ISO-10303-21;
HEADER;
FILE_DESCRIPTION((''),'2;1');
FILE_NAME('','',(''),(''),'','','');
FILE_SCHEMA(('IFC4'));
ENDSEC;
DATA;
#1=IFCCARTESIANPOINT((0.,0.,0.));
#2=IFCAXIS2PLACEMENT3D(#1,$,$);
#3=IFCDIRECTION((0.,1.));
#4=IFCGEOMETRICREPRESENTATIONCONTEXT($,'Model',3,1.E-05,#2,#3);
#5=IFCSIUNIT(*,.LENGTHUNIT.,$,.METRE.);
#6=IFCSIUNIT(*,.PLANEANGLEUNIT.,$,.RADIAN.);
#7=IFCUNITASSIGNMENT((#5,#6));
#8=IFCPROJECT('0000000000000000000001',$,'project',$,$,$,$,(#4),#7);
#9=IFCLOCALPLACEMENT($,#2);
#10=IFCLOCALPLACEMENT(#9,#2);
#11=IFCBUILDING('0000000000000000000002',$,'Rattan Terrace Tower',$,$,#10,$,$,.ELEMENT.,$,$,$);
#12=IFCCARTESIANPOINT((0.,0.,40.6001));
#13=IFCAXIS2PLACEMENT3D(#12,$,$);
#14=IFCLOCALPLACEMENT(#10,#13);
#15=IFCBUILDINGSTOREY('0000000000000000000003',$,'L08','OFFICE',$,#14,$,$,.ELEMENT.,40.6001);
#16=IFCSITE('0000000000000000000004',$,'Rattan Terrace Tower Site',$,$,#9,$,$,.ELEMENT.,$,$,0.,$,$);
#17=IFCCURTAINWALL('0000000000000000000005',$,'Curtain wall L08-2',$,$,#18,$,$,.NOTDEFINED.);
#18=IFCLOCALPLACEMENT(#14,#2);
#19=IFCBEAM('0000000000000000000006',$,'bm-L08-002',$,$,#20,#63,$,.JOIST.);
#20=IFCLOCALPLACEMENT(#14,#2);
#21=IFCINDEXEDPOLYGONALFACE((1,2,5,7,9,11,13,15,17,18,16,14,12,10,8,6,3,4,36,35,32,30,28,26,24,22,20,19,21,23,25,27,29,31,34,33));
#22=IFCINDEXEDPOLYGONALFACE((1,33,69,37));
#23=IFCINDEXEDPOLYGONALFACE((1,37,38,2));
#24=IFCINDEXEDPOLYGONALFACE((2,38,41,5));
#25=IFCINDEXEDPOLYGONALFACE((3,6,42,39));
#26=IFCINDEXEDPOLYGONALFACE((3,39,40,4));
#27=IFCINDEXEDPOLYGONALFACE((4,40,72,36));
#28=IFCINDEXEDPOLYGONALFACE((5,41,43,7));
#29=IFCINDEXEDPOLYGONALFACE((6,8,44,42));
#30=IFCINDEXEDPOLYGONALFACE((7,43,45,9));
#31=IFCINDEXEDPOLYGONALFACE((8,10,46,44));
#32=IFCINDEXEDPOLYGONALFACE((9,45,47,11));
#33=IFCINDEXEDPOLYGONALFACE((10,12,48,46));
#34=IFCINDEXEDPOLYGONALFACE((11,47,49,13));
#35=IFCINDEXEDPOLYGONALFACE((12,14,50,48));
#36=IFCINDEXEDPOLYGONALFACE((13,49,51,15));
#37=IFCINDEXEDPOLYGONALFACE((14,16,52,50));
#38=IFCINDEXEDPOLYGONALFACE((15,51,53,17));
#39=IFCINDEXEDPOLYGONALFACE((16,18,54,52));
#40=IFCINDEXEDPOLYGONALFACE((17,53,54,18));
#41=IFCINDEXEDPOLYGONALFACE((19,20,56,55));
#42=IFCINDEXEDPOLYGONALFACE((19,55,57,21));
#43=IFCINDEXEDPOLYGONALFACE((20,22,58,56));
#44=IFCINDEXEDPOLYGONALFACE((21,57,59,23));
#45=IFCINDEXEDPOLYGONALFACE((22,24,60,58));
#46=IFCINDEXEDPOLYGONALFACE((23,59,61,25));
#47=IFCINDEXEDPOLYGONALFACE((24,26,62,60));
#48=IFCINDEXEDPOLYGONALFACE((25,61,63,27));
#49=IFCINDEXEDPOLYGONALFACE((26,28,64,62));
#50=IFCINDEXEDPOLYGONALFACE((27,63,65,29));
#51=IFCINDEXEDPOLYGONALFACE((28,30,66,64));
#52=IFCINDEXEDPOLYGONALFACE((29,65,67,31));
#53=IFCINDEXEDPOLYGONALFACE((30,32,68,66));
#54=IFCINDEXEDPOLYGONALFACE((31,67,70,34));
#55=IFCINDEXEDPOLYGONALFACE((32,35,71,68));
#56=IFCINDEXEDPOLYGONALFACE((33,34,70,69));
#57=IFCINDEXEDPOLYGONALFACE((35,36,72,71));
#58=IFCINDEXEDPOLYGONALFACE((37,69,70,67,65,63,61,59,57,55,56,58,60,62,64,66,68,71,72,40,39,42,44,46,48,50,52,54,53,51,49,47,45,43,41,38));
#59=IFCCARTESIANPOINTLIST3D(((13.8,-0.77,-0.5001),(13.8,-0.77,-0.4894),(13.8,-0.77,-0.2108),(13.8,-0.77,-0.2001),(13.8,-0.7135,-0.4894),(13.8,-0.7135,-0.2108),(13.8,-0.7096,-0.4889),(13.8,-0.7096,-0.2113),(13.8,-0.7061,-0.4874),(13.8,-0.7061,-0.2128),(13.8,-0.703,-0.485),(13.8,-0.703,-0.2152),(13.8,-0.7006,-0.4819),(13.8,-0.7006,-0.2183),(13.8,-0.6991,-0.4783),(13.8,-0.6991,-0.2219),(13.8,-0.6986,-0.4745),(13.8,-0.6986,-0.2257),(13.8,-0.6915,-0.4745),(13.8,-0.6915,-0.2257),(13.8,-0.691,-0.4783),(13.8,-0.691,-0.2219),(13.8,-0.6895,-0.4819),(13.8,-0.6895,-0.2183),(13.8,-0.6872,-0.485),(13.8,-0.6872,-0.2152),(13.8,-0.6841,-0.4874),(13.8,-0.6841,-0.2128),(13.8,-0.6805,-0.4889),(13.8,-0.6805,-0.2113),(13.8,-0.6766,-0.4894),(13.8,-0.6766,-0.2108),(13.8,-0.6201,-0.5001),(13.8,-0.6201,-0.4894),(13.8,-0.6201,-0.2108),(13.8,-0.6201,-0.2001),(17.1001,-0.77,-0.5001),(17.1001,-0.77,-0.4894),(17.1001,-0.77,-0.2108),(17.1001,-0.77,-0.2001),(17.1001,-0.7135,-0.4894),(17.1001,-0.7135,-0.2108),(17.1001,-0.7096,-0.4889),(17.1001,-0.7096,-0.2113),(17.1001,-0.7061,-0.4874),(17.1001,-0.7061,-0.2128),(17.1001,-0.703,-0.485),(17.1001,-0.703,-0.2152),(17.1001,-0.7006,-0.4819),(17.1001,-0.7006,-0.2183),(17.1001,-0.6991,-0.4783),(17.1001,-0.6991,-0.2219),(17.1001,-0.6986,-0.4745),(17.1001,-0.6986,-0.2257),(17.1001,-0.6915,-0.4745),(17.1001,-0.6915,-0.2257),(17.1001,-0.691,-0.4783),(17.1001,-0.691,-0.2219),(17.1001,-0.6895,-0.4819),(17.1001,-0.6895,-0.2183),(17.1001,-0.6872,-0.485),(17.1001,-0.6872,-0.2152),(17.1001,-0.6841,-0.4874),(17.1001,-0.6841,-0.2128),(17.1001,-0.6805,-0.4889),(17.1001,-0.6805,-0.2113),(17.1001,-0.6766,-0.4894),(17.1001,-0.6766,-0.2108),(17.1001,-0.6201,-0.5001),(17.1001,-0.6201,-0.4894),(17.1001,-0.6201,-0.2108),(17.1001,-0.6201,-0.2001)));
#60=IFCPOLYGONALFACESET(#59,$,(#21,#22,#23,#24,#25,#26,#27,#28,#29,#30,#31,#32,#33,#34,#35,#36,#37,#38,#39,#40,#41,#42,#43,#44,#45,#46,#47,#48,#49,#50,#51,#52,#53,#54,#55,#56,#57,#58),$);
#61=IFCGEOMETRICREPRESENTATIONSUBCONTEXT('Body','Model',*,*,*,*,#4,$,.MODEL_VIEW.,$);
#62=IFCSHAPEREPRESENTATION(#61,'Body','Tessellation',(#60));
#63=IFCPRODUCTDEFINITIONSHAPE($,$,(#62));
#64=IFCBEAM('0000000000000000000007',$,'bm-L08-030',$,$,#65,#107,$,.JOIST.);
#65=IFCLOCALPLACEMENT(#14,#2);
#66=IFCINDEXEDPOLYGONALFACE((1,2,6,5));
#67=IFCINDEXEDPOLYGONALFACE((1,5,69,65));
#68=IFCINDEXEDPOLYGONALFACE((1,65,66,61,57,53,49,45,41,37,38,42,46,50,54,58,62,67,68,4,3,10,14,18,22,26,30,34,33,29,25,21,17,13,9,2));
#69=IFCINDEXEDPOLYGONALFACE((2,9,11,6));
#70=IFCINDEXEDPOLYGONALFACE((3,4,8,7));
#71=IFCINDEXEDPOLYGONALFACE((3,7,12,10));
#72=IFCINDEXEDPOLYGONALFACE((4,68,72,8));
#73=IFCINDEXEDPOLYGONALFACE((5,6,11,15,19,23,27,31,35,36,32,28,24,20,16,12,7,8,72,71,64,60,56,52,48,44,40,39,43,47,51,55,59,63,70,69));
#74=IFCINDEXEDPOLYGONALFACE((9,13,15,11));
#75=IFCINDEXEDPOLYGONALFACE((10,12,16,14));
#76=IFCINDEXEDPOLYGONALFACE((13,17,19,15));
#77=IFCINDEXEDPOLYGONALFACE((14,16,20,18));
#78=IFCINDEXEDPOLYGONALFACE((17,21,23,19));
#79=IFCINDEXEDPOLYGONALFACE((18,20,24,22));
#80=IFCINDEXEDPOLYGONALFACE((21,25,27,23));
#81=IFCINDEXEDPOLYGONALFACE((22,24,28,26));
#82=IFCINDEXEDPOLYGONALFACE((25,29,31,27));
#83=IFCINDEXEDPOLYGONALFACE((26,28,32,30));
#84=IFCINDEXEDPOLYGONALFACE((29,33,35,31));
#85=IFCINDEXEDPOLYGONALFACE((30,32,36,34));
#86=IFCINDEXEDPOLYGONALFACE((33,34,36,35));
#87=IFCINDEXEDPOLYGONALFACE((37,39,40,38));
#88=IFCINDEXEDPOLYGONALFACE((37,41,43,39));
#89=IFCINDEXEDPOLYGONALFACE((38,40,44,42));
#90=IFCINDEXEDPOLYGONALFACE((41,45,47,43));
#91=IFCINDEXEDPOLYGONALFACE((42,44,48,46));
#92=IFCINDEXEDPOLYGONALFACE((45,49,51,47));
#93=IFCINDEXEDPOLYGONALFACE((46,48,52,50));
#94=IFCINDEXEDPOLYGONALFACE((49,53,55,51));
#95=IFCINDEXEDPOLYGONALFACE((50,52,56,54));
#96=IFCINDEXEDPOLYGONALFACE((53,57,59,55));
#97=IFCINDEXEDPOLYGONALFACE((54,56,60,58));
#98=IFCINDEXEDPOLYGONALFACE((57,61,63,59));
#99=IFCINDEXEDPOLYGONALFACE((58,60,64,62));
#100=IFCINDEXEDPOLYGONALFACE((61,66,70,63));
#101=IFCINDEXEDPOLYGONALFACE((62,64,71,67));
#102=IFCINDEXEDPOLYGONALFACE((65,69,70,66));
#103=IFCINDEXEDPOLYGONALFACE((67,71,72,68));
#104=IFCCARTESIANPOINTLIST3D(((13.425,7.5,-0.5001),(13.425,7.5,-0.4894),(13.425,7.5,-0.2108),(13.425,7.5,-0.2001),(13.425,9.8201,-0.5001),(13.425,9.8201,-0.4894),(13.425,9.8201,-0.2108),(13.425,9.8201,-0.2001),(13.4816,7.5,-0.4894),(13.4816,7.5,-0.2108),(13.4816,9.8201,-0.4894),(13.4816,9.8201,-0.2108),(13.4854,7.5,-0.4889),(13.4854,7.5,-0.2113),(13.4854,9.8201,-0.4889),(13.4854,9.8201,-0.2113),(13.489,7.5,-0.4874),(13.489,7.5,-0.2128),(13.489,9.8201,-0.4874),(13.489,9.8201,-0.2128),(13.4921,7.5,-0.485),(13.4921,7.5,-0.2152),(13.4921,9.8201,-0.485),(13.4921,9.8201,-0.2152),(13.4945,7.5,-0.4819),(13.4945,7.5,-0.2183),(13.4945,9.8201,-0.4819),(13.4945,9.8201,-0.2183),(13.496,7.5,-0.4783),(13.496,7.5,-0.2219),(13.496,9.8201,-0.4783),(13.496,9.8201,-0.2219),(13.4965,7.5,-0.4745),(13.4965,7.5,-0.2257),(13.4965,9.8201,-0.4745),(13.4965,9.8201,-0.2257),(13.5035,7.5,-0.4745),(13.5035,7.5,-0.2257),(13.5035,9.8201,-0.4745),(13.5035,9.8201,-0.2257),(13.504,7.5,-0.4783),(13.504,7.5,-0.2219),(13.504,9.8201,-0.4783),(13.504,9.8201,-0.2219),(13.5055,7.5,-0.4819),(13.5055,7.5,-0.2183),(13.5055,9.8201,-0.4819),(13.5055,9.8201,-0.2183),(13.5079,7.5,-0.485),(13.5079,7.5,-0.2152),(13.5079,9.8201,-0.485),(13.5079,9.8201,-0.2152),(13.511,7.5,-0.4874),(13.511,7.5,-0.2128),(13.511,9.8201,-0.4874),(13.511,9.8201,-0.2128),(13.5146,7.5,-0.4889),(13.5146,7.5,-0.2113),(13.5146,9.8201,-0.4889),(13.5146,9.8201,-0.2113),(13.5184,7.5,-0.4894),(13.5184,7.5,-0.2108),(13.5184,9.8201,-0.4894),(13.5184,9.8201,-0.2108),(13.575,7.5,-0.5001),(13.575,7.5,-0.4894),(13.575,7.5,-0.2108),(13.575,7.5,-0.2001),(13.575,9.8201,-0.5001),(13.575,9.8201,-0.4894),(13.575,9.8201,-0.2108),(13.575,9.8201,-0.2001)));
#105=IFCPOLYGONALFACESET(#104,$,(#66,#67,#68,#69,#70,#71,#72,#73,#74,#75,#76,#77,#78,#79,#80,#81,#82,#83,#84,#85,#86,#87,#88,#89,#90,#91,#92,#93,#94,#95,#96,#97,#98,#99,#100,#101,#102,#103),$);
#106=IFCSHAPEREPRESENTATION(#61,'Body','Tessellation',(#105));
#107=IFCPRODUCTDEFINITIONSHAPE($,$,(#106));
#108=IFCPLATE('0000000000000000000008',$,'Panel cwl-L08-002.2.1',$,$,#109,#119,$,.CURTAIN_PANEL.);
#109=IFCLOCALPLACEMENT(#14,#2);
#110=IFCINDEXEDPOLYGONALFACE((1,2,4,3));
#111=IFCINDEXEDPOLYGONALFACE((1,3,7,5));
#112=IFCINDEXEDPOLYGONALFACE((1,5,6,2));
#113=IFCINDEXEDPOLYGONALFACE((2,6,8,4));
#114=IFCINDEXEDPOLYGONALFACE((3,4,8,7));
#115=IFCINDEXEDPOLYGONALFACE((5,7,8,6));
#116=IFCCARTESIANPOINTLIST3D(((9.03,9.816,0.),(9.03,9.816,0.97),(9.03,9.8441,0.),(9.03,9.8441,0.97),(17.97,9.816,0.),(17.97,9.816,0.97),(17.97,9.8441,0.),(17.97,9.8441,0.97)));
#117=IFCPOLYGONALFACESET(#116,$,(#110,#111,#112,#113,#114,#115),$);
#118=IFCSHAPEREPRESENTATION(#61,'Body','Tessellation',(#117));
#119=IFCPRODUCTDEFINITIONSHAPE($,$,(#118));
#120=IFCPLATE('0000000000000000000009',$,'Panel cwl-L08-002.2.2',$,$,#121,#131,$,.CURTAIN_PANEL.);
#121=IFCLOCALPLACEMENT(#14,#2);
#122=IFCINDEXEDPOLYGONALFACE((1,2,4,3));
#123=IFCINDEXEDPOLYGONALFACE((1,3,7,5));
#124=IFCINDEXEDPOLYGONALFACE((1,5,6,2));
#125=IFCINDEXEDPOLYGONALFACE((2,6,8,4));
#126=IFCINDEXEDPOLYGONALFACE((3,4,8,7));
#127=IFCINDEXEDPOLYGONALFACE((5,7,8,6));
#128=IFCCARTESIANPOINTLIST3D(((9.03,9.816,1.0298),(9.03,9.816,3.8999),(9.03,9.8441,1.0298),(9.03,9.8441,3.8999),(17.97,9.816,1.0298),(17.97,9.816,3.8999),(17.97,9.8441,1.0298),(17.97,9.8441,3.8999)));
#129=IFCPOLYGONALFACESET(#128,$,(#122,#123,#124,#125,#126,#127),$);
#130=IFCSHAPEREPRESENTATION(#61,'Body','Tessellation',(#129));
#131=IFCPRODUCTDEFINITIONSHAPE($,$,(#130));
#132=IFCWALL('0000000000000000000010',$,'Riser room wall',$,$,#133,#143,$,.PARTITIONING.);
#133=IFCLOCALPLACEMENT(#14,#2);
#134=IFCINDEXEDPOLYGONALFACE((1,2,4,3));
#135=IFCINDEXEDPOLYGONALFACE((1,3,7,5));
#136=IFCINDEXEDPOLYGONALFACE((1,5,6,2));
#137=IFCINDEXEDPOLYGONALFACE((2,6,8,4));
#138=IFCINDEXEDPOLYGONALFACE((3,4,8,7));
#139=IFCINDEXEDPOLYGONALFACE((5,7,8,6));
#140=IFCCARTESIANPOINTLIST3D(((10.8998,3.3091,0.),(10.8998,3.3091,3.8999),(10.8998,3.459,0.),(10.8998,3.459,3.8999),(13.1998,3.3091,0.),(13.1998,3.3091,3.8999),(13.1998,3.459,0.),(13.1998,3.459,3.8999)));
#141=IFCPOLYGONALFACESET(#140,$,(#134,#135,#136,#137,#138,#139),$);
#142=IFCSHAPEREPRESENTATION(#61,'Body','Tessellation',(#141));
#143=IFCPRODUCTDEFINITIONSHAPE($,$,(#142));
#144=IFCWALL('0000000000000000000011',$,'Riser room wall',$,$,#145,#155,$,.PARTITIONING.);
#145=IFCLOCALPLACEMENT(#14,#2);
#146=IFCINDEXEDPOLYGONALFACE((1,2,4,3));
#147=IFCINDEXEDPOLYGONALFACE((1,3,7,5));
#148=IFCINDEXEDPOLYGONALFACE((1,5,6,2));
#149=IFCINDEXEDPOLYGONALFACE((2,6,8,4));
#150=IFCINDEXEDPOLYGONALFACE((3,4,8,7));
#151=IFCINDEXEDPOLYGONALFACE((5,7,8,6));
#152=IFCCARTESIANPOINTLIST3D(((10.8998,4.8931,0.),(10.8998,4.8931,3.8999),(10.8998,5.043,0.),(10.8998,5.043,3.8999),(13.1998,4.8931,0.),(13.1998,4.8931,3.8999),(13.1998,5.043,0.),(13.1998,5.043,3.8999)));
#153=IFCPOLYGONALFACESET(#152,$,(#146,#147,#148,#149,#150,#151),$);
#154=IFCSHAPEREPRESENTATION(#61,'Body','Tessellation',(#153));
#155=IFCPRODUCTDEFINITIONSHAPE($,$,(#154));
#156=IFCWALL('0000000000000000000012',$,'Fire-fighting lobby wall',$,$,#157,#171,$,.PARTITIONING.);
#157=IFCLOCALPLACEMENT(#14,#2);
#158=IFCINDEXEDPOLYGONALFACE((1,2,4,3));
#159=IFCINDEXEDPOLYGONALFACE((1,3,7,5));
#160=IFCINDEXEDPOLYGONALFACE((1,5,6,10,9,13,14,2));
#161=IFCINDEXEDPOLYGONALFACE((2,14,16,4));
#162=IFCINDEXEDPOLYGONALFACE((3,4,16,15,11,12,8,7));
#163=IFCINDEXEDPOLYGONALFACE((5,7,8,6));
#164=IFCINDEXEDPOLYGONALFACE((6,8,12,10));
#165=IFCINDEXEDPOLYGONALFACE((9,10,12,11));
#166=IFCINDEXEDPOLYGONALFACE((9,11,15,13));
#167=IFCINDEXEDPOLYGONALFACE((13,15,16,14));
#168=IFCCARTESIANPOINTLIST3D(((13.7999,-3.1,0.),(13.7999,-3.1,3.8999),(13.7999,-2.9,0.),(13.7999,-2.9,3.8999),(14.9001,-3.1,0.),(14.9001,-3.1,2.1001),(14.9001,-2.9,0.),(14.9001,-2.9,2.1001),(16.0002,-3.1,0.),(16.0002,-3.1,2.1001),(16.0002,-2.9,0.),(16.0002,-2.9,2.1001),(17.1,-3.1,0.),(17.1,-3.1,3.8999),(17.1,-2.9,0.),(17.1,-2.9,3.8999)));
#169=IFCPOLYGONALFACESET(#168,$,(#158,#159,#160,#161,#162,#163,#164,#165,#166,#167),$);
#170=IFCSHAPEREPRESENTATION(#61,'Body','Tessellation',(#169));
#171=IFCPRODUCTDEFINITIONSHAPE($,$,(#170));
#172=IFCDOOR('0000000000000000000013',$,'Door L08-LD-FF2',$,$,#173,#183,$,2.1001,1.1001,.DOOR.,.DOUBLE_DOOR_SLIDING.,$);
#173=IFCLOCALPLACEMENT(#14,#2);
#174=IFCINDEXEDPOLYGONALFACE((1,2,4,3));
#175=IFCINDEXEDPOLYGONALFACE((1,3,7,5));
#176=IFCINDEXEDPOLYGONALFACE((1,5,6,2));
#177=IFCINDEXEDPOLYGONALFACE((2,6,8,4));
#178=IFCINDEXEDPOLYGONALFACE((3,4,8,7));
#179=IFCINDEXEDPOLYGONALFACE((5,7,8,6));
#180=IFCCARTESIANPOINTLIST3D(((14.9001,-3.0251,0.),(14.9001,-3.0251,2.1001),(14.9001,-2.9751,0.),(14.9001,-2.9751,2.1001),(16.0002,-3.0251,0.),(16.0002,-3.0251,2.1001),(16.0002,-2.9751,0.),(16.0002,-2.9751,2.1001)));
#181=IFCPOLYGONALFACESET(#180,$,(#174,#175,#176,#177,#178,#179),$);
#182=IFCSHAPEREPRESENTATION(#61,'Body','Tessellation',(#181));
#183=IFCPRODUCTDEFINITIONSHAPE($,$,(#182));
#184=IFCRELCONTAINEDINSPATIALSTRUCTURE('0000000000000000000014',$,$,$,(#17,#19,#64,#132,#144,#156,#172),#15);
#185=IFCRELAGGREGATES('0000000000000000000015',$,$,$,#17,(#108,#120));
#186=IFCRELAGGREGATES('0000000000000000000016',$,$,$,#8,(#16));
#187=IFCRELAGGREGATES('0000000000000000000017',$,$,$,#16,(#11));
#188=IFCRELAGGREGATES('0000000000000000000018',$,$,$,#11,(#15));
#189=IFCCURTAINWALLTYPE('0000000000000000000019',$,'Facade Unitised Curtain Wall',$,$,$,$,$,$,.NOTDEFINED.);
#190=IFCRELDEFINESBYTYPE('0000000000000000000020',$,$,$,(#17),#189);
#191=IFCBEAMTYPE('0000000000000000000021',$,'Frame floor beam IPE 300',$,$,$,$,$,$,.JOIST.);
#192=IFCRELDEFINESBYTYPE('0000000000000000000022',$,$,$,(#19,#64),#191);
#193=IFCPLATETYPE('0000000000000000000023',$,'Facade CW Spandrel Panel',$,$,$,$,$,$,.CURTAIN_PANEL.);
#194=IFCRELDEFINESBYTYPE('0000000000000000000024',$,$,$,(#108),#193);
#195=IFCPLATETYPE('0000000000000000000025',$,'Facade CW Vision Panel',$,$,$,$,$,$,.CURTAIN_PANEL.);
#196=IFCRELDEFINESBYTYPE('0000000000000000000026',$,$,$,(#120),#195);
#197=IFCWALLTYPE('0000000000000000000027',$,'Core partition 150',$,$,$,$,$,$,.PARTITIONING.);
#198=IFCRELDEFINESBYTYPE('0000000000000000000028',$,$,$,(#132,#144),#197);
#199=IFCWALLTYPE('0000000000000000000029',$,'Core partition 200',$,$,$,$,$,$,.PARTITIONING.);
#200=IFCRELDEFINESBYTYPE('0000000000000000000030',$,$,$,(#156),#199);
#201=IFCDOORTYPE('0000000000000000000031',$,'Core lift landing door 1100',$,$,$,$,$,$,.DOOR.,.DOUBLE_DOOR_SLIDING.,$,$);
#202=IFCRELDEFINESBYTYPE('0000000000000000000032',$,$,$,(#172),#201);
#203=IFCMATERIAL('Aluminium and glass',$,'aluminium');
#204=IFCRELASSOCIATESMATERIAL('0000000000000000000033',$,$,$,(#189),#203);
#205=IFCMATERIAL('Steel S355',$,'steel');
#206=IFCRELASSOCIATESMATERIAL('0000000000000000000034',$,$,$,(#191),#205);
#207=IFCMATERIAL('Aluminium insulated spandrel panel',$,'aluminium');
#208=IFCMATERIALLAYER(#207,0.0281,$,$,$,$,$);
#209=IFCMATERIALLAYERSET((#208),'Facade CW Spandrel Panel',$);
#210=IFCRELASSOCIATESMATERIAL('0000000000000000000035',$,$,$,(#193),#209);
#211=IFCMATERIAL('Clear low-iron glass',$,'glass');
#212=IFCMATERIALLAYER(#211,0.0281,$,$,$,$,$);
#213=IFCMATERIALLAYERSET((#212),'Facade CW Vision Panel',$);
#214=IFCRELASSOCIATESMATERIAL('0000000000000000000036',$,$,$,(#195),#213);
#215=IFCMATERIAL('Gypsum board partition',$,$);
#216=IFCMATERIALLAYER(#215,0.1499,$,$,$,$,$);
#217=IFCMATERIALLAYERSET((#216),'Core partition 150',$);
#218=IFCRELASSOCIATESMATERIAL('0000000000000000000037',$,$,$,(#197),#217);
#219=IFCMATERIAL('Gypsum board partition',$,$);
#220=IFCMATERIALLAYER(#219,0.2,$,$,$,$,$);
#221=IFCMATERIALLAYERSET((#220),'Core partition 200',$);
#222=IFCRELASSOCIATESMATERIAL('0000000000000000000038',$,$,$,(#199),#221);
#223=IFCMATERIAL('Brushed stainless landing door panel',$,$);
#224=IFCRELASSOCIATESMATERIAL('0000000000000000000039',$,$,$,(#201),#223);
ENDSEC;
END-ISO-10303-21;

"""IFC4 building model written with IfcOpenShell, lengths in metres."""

from ifc_helpers import new_model, si_unit, direction, frame, frame_2d, origin, origin_2d, place, context, subcontext, project, spatial, rectangle, i_section, extrude, material, layer, layer_set, material_profile, profile_set, type_object, element, fill, aggregate, save


model = new_model("IFC4")

# Units and contexts
model_context = context("Model", 3, precision=1e-05, world=origin(), true_north=direction((0.0, 1.0)))
body_context = subcontext(model_context, "Body", "Model", "MODEL_VIEW")
ifc_project = project(units=[si_unit("LENGTHUNIT", "METRE"), si_unit("PLANEANGLEUNIT", "RADIAN")], contexts=[model_context])

# Site, building, storey
site_placement = place(None, origin())
site = spatial("IfcSite", under=ifc_project, at=site_placement, Name="Rattan Terrace Tower Site", CompositionType="ELEMENT", RefElevation=0.0)
building_placement = place(site_placement, origin())
building = spatial("IfcBuilding", under=site, at=building_placement, Name="Rattan Terrace Tower", CompositionType="ELEMENT")
storey_placement = place(building_placement, frame((0.0, 0.0, 40.6001)))
storey = spatial("IfcBuildingStorey", under=building, at=storey_placement, Name="L08", Description="OFFICE", CompositionType="ELEMENT", Elevation=40.6001)

# Curtain wall
ifc_material_1 = material(Name="Aluminium and glass", Category="aluminium")
curtain_wall_type = type_object("IfcCurtainWallType", Name="Facade Unitised Curtain Wall", PredefinedType="NOTDEFINED", material=ifc_material_1)
curtain_wall_placement = place(storey_placement, origin())
curtain_wall = element("IfcCurtainWall", 1, at=curtain_wall_placement, inside=storey, type_object=curtain_wall_type, Name="Curtain wall L08-2", PredefinedType="NOTDEFINED")

# Beams
ifc_material_2 = material(Name="Steel S355", Category="steel")
ifc_material_profile_1 = material_profile(ifc_material_2, i_section(OverallWidth=0.1499, OverallDepth=0.3, WebThickness=0.0071, FlangeThickness=0.0107, FilletRadius=0.0149, at=origin_2d()), Name="IPE 300")
ifc_profile_set_1 = profile_set([ifc_material_profile_1], Name="Steel S355")
beam_type_1 = type_object("IfcBeamType", Name="Frame floor beam IPE 300", PredefinedType="JOIST", material=ifc_profile_set_1)
beam_1_placement = place(storey_placement, frame((13.8, -0.6951, -0.3501), z_axis=(1.0, 0.0, 0.0), x_axis=(0.0, 1.0, 0.0)))
element("IfcBeam", 2, at=beam_1_placement, inside=storey, type_object=beam_type_1, Name="bm-L08-002", PredefinedType="JOIST", context=body_context, shape_type="SweptSolid", body=[
    extrude(i_section(OverallWidth=0.1499, OverallDepth=0.3, WebThickness=0.0071, FlangeThickness=0.0107, FilletRadius=0.0149, at=origin_2d()), origin(), (0.0, 0.0, 1.0), 3.3),
])
beam_2_placement = place(storey_placement, frame((13.5, 7.5, -0.3501), z_axis=(0.0, 1.0, 0.0), x_axis=(-1.0, 0.0, 0.0)))
element("IfcBeam", 3, at=beam_2_placement, inside=storey, type_object=beam_type_1, Name="bm-L08-030", PredefinedType="JOIST", context=body_context, shape_type="SweptSolid", body=[
    extrude(i_section(OverallWidth=0.1499, OverallDepth=0.3, WebThickness=0.0071, FlangeThickness=0.0107, FilletRadius=0.0149, at=origin_2d()), origin(), (0.0, 0.0, 1.0), 2.3201),
])

# Plates
ifc_material_3 = material(Name="Aluminium insulated spandrel panel", Category="aluminium")
ifc_layer_1 = layer(ifc_material_3, 0.0281)
ifc_layer_set_1 = layer_set([ifc_layer_1], Name="Facade CW Spandrel Panel")
plate_type_1 = type_object("IfcPlateType", Name="Facade CW Spandrel Panel", PredefinedType="CURTAIN_PANEL", material=ifc_layer_set_1)
plate_1_placement = place(storey_placement, frame((13.5, 9.8301, 0.0), z_axis=(0.0, 0.0, 1.0), x_axis=(-1.0, 0.0, 0.0)))
plate_1 = element("IfcPlate", 4, at=plate_1_placement, type_object=plate_type_1, Name="Panel cwl-L08-002.2.1", PredefinedType="CURTAIN_PANEL", context=body_context, shape_type="SweptSolid", body=[
    extrude(rectangle(XDim=8.9399, YDim=0.0281, at=origin_2d()), origin(), (0.0, 0.0, 1.0), 0.97),
])
ifc_material_4 = material(Name="Clear low-iron glass", Category="glass")
ifc_layer_2 = layer(ifc_material_4, 0.0281)
ifc_layer_set_2 = layer_set([ifc_layer_2], Name="Facade CW Vision Panel")
plate_type_2 = type_object("IfcPlateType", Name="Facade CW Vision Panel", PredefinedType="CURTAIN_PANEL", material=ifc_layer_set_2)
plate_2_placement = place(storey_placement, frame((13.5, 9.8301, 1.0298), z_axis=(0.0, 0.0, 1.0), x_axis=(-1.0, 0.0, 0.0)))
plate_2 = element("IfcPlate", 5, at=plate_2_placement, type_object=plate_type_2, Name="Panel cwl-L08-002.2.2", PredefinedType="CURTAIN_PANEL", context=body_context, shape_type="SweptSolid", body=[
    extrude(rectangle(XDim=8.9399, YDim=0.0281, at=origin_2d()), origin(), (0.0, 0.0, 1.0), 2.8701),
])
aggregate(curtain_wall, [plate_1, plate_2])

# Walls
ifc_material_5 = material(Name="Gypsum board partition")
ifc_layer_3 = layer(ifc_material_5, 0.1499)
ifc_layer_set_3 = layer_set([ifc_layer_3], Name="Core partition 150")
wall_type_1 = type_object("IfcWallType", Name="Core partition 150", PredefinedType="PARTITIONING", material=ifc_layer_set_3)
for number, where, z_axis, x_axis, name in (
    (6, (10.8999, 3.384, 0.0), (0.0, 0.0, 1.0), (1.0, 0.0, 0.0), "Riser room wall"),
    (7, (10.8999, 4.968, 0.0), (0.0, 0.0, 1.0), (1.0, 0.0, 0.0), "Riser room wall"),
):
    element("IfcWall", number, at=place(storey_placement, frame(where, z_axis=z_axis, x_axis=x_axis)), inside=storey, type_object=wall_type_1, Name=name, PredefinedType="PARTITIONING", context=body_context, shape_type="SweptSolid", body=[
        extrude(rectangle(XDim=2.3, YDim=0.1499, at=frame_2d((1.1499, 0.0))), origin(), (0.0, 0.0, 1.0), 3.8999),
    ])

# Wall, opening, door
ifc_material_6 = material(Name="Gypsum board partition")
ifc_layer_4 = layer(ifc_material_6, 0.2)
ifc_layer_set_4 = layer_set([ifc_layer_4], Name="Core partition 200")
wall_type_2 = type_object("IfcWallType", Name="Core partition 200", PredefinedType="PARTITIONING", material=ifc_layer_set_4)
wall_1_placement = place(storey_placement, frame((13.8, -3.0, 0.0), z_axis=(0.0, 0.0, 1.0), x_axis=(1.0, 0.0, 0.0)))
wall_1 = element("IfcWall", 8, at=wall_1_placement, inside=storey, type_object=wall_type_2, Name="Fire-fighting lobby wall", PredefinedType="PARTITIONING", context=body_context, shape_type="SweptSolid", body=[
    extrude(rectangle(XDim=3.3, YDim=0.2, at=frame_2d((1.6499, 0.0))), origin(), (0.0, 0.0, 1.0), 3.8999),
])
opening_1_placement = place(wall_1_placement, frame((1.1001, 0.0, 0.0)))
opening_1 = element("IfcOpeningElement", 9, at=opening_1_placement, cuts=wall_1, PredefinedType="OPENING", context=body_context, shape_type="SweptSolid", body=[
    extrude(rectangle(XDim=1.1001, YDim=2.1001, at=frame_2d((0.55, 1.05))), frame((0.0, 0.1106, 0.0), z_axis=(0.0, -1.0, 0.0), x_axis=(1.0, 0.0, 0.0)), (0.0, 0.0, 1.0), 0.2209),
])
ifc_material_7 = material(Name="Brushed stainless landing door panel")
door_type_1 = type_object("IfcDoorType", Name="Core lift landing door 1100", OperationType="DOUBLE_DOOR_SLIDING", PredefinedType="DOOR", material=ifc_material_7)
door_1_placement = place(opening_1_placement, origin())
door_1 = element("IfcDoor", 10, at=door_1_placement, inside=storey, type_object=door_type_1, Name="Door L08-LD-FF2", OperationType="DOUBLE_DOOR_SLIDING", OverallHeight=2.1001, OverallWidth=1.1001, PredefinedType="DOOR", context=body_context, shape_type="SweptSolid", body=[
    extrude(rectangle(XDim=1.1001, YDim=2.1001, at=frame_2d((0.55, 1.05))), frame((0.0, 0.0249, 0.0), z_axis=(0.0, -1.0, 0.0), x_axis=(1.0, 0.0, 0.0)), (0.0, 0.0, 1.0), 0.05),
])
fill(opening_1, door_1)

save(model, "model.ifc")
